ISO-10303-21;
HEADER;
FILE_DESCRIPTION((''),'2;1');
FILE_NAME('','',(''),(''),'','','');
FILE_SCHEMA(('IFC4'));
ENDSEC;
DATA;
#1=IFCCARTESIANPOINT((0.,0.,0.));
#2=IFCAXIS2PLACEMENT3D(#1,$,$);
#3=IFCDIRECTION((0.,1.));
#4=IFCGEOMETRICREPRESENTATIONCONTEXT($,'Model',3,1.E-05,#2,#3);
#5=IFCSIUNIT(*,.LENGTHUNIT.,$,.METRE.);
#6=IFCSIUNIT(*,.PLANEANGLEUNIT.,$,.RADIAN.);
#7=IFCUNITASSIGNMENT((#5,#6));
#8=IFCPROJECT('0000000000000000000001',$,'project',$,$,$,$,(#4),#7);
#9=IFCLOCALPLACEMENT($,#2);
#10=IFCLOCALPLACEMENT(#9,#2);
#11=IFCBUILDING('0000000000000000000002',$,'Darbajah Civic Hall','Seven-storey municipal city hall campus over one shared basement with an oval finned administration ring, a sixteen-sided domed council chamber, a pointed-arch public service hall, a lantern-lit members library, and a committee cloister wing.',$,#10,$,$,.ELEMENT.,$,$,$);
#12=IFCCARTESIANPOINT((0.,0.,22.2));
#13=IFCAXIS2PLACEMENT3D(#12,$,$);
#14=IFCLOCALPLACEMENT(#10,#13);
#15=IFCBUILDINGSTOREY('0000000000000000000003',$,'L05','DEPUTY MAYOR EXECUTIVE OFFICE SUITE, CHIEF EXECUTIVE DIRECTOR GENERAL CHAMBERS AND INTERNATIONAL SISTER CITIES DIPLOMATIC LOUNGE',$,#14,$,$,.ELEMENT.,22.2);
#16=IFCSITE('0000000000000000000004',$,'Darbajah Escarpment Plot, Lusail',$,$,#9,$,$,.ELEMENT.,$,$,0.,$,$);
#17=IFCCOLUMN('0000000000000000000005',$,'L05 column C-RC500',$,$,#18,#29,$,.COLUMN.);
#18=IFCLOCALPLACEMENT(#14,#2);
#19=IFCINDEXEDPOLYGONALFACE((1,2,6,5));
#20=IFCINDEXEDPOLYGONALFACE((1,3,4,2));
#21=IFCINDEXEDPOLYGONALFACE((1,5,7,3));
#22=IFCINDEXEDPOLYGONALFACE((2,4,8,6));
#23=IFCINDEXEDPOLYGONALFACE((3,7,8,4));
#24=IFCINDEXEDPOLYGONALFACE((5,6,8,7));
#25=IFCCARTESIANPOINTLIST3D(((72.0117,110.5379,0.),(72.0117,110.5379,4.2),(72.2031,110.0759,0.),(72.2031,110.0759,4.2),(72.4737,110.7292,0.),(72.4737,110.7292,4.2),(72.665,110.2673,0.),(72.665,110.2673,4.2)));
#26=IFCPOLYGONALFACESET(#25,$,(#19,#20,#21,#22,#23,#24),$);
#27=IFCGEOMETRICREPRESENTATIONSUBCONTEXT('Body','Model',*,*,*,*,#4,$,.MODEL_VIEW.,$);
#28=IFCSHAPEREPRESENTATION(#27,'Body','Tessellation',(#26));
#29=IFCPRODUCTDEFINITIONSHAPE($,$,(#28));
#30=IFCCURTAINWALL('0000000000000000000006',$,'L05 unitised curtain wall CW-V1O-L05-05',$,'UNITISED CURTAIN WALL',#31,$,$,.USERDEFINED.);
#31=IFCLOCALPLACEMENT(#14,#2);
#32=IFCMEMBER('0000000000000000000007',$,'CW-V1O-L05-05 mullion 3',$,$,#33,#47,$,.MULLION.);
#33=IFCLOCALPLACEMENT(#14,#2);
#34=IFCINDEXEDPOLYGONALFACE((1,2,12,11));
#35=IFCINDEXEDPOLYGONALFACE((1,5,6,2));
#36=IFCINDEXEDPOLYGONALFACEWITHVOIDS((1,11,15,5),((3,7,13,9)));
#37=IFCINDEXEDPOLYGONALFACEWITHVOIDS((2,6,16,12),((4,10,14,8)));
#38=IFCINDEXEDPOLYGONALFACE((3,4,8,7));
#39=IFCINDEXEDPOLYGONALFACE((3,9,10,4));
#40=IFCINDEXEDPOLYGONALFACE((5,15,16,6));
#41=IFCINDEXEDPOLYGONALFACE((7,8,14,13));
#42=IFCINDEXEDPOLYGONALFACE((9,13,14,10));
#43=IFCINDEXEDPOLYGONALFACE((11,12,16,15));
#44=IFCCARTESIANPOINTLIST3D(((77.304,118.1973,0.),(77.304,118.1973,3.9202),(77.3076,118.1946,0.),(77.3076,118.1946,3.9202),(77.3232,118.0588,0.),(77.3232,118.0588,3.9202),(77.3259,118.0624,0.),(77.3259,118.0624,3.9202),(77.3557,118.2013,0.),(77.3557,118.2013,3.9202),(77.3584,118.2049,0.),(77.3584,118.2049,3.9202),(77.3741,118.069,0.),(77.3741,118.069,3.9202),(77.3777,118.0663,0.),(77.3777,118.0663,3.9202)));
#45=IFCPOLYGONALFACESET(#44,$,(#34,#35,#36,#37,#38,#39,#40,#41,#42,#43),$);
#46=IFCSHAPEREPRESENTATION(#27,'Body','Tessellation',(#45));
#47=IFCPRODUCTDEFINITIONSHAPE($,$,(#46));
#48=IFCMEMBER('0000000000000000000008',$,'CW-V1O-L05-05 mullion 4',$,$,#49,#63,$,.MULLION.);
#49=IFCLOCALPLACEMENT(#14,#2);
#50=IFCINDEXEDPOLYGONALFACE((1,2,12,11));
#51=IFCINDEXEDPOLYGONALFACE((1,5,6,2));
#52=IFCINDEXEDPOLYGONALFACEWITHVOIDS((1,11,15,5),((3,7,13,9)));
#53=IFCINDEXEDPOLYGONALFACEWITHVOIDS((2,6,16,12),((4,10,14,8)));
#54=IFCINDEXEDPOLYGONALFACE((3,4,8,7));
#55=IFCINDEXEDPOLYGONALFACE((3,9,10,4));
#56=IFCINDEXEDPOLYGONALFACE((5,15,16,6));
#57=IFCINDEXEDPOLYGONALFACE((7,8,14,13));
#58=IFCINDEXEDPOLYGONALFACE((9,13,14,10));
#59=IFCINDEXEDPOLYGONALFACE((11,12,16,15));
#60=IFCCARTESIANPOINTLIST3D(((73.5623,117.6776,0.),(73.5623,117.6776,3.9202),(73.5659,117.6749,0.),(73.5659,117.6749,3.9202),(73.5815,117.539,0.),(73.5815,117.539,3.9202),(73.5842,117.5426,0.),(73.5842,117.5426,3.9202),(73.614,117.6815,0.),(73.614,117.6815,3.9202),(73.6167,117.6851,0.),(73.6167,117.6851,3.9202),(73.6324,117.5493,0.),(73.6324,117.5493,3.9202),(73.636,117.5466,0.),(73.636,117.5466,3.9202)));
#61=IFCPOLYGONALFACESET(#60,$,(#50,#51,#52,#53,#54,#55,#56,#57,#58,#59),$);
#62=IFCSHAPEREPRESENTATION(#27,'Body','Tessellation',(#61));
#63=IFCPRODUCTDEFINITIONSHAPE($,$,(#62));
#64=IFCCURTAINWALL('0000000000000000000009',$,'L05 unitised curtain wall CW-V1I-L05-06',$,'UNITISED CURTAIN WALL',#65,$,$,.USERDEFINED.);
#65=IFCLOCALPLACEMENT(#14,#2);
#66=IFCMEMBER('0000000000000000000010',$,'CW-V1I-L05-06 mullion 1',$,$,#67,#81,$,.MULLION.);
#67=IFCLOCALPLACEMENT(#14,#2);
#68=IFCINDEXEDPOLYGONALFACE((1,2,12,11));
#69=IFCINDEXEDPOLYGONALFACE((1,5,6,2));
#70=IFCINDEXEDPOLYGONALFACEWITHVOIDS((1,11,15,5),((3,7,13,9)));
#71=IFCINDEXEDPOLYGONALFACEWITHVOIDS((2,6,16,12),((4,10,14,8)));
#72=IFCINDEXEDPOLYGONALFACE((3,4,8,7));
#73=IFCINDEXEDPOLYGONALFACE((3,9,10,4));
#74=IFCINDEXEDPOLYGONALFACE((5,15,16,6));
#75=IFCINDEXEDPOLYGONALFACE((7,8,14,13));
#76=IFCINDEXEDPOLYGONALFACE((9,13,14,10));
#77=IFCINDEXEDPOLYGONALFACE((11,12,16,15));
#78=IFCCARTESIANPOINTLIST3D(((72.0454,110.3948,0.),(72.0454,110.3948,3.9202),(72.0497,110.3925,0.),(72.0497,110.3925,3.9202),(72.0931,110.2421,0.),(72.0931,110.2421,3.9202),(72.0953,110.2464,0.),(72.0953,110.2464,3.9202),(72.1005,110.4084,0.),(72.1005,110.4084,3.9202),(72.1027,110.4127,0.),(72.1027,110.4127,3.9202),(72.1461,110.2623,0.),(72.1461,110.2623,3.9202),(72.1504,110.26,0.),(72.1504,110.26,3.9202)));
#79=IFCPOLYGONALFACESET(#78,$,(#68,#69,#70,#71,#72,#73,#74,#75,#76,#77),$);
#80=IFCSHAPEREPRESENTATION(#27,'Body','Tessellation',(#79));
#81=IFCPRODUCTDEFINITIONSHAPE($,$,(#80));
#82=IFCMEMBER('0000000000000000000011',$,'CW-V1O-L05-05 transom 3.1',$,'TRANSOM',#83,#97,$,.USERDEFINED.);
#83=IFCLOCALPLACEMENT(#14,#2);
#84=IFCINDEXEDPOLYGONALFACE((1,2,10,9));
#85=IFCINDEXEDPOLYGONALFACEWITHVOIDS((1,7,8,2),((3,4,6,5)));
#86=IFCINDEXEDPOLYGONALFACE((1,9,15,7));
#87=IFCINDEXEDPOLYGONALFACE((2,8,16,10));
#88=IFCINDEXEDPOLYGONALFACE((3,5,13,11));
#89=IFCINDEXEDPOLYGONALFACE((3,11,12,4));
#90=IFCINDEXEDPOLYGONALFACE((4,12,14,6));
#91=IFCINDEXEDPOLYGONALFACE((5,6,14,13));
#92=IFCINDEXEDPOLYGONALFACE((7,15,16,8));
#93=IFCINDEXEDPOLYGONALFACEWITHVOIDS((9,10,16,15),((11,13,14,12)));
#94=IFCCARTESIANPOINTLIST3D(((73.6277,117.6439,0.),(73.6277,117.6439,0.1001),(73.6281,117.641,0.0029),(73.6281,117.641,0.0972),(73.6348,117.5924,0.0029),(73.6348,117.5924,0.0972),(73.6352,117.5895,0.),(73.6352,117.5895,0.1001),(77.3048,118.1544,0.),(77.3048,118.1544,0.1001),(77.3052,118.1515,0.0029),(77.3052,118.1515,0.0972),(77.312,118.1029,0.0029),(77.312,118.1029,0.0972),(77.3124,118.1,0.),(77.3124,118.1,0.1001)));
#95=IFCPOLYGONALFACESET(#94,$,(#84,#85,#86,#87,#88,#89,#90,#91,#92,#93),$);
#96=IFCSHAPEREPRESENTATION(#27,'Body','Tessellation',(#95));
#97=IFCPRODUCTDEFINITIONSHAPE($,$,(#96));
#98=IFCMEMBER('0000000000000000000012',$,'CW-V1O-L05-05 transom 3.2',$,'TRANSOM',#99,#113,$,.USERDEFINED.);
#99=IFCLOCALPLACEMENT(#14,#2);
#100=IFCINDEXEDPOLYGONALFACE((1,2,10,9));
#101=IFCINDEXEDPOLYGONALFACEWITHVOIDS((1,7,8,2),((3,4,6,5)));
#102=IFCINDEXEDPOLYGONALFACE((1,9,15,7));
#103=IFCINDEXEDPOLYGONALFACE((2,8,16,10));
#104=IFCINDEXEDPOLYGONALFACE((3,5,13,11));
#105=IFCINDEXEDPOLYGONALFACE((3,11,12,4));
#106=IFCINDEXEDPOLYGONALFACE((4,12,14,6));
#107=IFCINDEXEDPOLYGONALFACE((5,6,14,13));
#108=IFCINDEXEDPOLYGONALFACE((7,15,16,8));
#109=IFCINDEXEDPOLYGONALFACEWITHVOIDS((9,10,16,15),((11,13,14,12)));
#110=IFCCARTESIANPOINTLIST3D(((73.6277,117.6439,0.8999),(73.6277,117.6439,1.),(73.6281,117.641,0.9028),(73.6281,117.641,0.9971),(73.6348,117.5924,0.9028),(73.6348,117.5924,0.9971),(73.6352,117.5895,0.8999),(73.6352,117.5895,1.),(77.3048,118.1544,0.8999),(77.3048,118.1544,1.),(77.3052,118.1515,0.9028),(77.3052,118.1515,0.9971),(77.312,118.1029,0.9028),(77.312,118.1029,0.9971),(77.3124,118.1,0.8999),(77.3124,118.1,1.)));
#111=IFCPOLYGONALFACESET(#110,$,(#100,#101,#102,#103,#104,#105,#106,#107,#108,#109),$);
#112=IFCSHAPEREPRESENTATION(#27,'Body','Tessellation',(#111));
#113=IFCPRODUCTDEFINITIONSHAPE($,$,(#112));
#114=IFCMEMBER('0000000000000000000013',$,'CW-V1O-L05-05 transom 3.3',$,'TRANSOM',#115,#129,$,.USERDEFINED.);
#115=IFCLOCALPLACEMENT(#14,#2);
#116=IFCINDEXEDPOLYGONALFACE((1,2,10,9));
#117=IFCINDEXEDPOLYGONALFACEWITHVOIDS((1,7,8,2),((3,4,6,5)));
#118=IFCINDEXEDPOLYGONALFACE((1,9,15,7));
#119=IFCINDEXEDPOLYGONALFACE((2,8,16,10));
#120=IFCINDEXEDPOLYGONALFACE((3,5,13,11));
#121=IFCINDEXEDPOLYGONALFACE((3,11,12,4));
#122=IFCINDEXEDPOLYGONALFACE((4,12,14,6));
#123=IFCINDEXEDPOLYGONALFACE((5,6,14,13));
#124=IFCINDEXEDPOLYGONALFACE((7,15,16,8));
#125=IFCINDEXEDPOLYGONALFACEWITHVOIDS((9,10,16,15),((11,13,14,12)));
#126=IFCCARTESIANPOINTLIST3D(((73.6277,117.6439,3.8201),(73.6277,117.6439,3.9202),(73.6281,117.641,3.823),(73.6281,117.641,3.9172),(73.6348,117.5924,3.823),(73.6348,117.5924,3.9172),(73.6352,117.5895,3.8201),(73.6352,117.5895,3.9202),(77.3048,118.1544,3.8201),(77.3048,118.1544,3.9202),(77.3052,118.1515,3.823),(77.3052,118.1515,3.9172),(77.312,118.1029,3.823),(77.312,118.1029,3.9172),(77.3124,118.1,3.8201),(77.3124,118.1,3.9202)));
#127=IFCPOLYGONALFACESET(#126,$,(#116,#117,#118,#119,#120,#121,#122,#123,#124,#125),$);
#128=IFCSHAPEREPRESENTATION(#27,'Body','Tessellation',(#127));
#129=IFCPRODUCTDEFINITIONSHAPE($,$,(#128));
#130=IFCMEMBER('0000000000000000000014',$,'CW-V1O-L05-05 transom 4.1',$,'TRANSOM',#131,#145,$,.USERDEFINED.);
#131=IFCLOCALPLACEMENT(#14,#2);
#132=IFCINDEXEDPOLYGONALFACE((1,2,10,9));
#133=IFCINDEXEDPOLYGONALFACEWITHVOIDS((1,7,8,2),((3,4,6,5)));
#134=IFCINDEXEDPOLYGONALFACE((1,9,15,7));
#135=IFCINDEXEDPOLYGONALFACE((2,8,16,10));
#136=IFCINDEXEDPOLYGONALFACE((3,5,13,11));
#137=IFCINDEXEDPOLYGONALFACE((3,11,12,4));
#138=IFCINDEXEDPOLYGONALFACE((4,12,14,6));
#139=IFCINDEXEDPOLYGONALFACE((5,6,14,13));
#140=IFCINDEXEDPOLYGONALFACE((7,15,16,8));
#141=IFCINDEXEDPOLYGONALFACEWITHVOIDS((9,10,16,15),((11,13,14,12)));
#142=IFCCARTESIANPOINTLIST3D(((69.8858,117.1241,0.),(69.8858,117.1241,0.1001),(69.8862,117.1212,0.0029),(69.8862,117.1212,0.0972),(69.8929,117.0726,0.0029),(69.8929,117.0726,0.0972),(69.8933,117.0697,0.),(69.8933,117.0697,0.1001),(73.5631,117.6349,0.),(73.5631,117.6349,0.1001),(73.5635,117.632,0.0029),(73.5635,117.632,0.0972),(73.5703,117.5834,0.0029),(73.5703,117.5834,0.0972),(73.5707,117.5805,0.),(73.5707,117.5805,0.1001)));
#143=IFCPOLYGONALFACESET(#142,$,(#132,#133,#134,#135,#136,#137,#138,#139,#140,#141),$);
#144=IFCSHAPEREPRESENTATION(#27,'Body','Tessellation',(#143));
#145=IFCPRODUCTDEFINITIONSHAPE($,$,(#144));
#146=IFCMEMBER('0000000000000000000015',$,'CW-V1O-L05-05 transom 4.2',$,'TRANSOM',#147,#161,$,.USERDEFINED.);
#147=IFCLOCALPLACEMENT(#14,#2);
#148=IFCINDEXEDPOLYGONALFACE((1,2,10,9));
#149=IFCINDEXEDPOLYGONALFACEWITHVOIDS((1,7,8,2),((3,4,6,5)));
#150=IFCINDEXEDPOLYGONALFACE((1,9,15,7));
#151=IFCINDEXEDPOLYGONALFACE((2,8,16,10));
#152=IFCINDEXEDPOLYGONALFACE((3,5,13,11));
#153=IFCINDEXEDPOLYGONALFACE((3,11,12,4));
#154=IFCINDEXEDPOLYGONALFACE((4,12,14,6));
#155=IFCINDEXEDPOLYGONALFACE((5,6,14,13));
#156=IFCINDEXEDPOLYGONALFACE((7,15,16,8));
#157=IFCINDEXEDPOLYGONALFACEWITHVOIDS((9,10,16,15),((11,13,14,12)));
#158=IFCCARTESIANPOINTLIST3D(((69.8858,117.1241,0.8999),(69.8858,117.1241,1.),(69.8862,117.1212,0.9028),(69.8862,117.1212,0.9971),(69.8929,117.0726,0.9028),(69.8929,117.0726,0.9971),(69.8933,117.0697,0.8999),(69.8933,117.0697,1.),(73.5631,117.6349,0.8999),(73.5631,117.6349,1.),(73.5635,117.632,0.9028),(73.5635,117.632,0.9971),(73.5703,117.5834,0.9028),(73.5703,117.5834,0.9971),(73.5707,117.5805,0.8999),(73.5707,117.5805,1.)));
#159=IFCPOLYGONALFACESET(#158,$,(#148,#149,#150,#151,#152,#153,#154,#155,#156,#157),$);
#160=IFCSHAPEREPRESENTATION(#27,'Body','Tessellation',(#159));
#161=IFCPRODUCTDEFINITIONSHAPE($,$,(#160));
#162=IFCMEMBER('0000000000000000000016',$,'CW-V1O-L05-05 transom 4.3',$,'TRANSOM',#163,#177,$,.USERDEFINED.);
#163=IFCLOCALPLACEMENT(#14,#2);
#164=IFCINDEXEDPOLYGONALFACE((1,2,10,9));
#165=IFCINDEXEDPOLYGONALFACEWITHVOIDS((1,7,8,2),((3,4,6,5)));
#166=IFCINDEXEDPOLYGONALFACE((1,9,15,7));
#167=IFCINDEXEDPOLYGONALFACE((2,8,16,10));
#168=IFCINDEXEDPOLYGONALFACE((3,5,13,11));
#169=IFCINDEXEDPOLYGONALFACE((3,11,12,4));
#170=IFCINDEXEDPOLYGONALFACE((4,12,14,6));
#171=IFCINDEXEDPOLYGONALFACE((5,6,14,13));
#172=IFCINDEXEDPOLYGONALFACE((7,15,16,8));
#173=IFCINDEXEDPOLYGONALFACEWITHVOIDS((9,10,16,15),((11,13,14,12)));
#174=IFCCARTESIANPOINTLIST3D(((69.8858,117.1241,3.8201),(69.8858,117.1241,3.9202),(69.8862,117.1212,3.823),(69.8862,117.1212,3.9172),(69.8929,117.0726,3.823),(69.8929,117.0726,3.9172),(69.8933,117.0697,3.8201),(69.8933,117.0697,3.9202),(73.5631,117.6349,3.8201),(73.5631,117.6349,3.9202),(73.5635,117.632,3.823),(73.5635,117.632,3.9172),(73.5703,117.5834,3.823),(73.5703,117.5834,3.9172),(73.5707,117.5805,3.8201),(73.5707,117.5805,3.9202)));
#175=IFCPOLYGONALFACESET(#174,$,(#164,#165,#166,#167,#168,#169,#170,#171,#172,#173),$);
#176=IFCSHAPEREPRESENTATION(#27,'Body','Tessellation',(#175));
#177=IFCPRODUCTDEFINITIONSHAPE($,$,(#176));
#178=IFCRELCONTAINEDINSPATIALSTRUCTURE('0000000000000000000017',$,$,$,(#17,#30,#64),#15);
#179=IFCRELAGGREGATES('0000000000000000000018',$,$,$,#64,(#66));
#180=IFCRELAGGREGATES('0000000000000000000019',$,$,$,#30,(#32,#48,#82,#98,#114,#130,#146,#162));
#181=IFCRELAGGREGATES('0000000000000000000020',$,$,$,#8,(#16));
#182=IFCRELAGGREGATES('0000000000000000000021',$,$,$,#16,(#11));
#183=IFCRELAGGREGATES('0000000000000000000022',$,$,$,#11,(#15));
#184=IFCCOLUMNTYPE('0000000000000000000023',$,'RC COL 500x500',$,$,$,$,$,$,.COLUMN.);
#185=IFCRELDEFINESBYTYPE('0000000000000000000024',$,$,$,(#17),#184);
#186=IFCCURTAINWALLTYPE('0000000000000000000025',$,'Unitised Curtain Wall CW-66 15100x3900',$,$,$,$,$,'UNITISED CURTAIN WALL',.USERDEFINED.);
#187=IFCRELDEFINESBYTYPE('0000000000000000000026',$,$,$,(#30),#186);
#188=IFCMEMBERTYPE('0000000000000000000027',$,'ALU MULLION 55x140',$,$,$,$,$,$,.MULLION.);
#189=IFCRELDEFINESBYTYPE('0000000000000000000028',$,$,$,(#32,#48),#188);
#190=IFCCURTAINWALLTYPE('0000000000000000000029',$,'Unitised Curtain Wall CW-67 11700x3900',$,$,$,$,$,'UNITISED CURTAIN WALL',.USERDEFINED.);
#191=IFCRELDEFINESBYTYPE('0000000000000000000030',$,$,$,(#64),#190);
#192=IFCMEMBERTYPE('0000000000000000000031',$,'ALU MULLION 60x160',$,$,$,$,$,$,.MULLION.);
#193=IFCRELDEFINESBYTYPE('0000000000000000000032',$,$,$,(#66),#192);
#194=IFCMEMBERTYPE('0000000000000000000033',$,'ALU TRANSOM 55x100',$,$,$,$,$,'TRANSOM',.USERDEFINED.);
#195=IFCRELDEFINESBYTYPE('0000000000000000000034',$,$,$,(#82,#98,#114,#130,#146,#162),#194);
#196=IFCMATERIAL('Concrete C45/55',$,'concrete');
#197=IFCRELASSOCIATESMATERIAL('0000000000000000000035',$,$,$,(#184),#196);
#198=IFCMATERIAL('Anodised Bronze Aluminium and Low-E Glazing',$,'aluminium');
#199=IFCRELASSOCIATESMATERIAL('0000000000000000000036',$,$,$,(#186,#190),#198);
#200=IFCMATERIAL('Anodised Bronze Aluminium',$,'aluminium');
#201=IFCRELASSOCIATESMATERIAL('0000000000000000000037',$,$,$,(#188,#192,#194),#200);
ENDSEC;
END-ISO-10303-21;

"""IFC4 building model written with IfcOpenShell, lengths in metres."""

from ifc_helpers import new_model, si_unit, direction, frame, origin, origin_2d, place, context, subcontext, project, spatial, rectangle, hollow_rectangle, extrude, material, material_profile, profile_set, type_object, element, aggregate, save


model = new_model("IFC4")

# Units and contexts
model_context = context("Model", 3, precision=1e-05, world=origin(), true_north=direction((0.0, 1.0)))
body_context = subcontext(model_context, "Body", "Model", "MODEL_VIEW")
ifc_project = project(units=[si_unit("LENGTHUNIT", "METRE"), si_unit("PLANEANGLEUNIT", "RADIAN")], contexts=[model_context])

# Site, building, storey
site_placement = place(None, origin())
site = spatial("IfcSite", under=ifc_project, at=site_placement, Name="Darbajah Escarpment Plot, Lusail", CompositionType="ELEMENT", RefElevation=0.0)
building_placement = place(site_placement, origin())
building = spatial("IfcBuilding", under=site, at=building_placement, Name="Darbajah Civic Hall", Description="Seven-storey municipal city hall campus over one shared basement with an oval finned administration ring, a sixteen-sided domed council chamber, a pointed-arch public service hall, a lantern-lit members library, and a committee cloister wing.", CompositionType="ELEMENT")
storey_placement = place(building_placement, frame((0.0, 0.0, 22.2)))
storey = spatial("IfcBuildingStorey", under=building, at=storey_placement, Name="L05", Description="DEPUTY MAYOR EXECUTIVE OFFICE SUITE, CHIEF EXECUTIVE DIRECTOR GENERAL CHAMBERS AND INTERNATIONAL SISTER CITIES DIPLOMATIC LOUNGE", CompositionType="ELEMENT", Elevation=22.2)

# Column
ifc_material_1 = material(Name="Concrete C45/55", Category="concrete")
ifc_material_profile_1 = material_profile(ifc_material_1, rectangle(XDim=0.5, YDim=0.5, at=origin_2d()), Name="RC COL 500x500")
ifc_profile_set_1 = profile_set([ifc_material_profile_1], Name="Concrete C45/55")
column_type = type_object("IfcColumnType", Name="RC COL 500x500", PredefinedType="COLUMN", material=ifc_profile_set_1)
column_placement = place(storey_placement, frame((72.3384, 110.4026, 0.0), z_axis=(0.0, 0.0, 1.0), x_axis=(-0.382683, 0.92388, 0.0)))
element("IfcColumn", 1, at=column_placement, inside=storey, type_object=column_type, Name="L05 column C-RC500", PredefinedType="COLUMN", context=body_context, shape_type="SweptSolid", body=[
    extrude(rectangle(XDim=0.5, YDim=0.5, at=origin_2d()), origin(), (0.0, 0.0, 1.0), 4.2),
])

# Curtain wall, members
ifc_material_2 = material(Name="Anodised Bronze Aluminium and Low-E Glazing", Category="aluminium")
curtain_wall_type_1 = type_object("IfcCurtainWallType", Name="Unitised Curtain Wall CW-66 15100x3900", ElementType="UNITISED CURTAIN WALL", PredefinedType="USERDEFINED", material=ifc_material_2)
curtain_wall_1_placement = place(storey_placement, origin())
curtain_wall_1 = element("IfcCurtainWall", 2, at=curtain_wall_1_placement, inside=storey, type_object=curtain_wall_type_1, Name="L05 unitised curtain wall CW-V1O-L05-05", ObjectType="UNITISED CURTAIN WALL", PredefinedType="USERDEFINED")
ifc_material_3 = material(Name="Anodised Bronze Aluminium", Category="aluminium")
ifc_material_profile_2 = material_profile(ifc_material_3, hollow_rectangle(XDim=0.0549, YDim=0.1399, WallThickness=0.0032, at=origin_2d()), Name="ALU MULLION 55x140")
ifc_profile_set_2 = profile_set([ifc_material_profile_2], Name="Anodised Bronze Aluminium")
member_type_1 = type_object("IfcMemberType", Name="ALU MULLION 55x140", PredefinedType="MULLION", material=ifc_profile_set_2)
member_1_placement = place(storey_placement, frame((77.3408, 118.1318, 0.0), z_axis=(0.0, 0.0, 1.0), x_axis=(-0.990485, -0.137617, 0.0)))
member_1 = element("IfcMember", 3, at=member_1_placement, type_object=member_type_1, Name="CW-V1O-L05-05 mullion 3", PredefinedType="MULLION", context=body_context, shape_type="SweptSolid", body=[
    extrude(hollow_rectangle(XDim=0.0549, YDim=0.1399, WallThickness=0.0032, at=origin_2d()), origin(), (0.0, 0.0, 1.0), 3.9202),
])
member_2_placement = place(storey_placement, frame((73.5991, 117.6121, 0.0), z_axis=(0.0, 0.0, 1.0), x_axis=(-0.990485, -0.137617, 0.0)))
member_2 = element("IfcMember", 4, at=member_2_placement, type_object=member_type_1, Name="CW-V1O-L05-05 mullion 4", PredefinedType="MULLION", context=body_context, shape_type="SweptSolid", body=[
    extrude(hollow_rectangle(XDim=0.0549, YDim=0.1399, WallThickness=0.0032, at=origin_2d()), origin(), (0.0, 0.0, 1.0), 3.9202),
])

# Curtain wall, member
curtain_wall_type_2 = type_object("IfcCurtainWallType", Name="Unitised Curtain Wall CW-67 11700x3900", ElementType="UNITISED CURTAIN WALL", PredefinedType="USERDEFINED", material=ifc_material_2)
curtain_wall_2_placement = place(storey_placement, origin())
curtain_wall_2 = element("IfcCurtainWall", 5, at=curtain_wall_2_placement, inside=storey, type_object=curtain_wall_type_2, Name="L05 unitised curtain wall CW-V1I-L05-06", ObjectType="UNITISED CURTAIN WALL", PredefinedType="USERDEFINED")
ifc_material_profile_3 = material_profile(ifc_material_3, hollow_rectangle(XDim=0.0601, YDim=0.1599, WallThickness=0.0034, at=origin_2d()), Name="ALU MULLION 60x160")
ifc_profile_set_3 = profile_set([ifc_material_profile_3], Name="Anodised Bronze Aluminium")
member_type_2 = type_object("IfcMemberType", Name="ALU MULLION 60x160", PredefinedType="MULLION", material=ifc_profile_set_3)
member_3_placement = place(storey_placement, frame((72.0979, 110.3274, 0.0), z_axis=(0.0, 0.0, 1.0), x_axis=(-0.954605, -0.297875, 0.0)))
member_3 = element("IfcMember", 6, at=member_3_placement, type_object=member_type_2, Name="CW-V1I-L05-06 mullion 1", PredefinedType="MULLION", context=body_context, shape_type="SweptSolid", body=[
    extrude(hollow_rectangle(XDim=0.0601, YDim=0.1599, WallThickness=0.0034, at=origin_2d()), origin(), (0.0, 0.0, 1.0), 3.9202),
])

# Members
ifc_material_profile_4 = material_profile(ifc_material_3, hollow_rectangle(XDim=0.0549, YDim=0.1001, WallThickness=0.0029, at=origin_2d()), Name="ALU TRANSOM 55x100")
ifc_profile_set_4 = profile_set([ifc_material_profile_4], Name="Anodised Bronze Aluminium")
member_type_3 = type_object("IfcMemberType", Name="ALU TRANSOM 55x100", ElementType="TRANSOM", PredefinedType="USERDEFINED", material=ifc_profile_set_4)
member_4_placement = place(storey_placement, frame((77.3086, 118.1272, 0.05), z_axis=(-0.990501, -0.137507, 0.0), x_axis=(0.137507, -0.990501, 0.0)))
member_4 = element("IfcMember", 7, at=member_4_placement, type_object=member_type_3, Name="CW-V1O-L05-05 transom 3.1", ObjectType="TRANSOM", PredefinedType="USERDEFINED", context=body_context, shape_type="SweptSolid", body=[
    extrude(hollow_rectangle(XDim=0.0549, YDim=0.1001, WallThickness=0.0029, at=origin_2d()), origin(), (0.0, 0.0, 1.0), 3.7124),
])
member_5_placement = place(storey_placement, frame((77.3086, 118.1272, 0.95), z_axis=(-0.990501, -0.137507, 0.0), x_axis=(0.137507, -0.990501, 0.0)))
member_5 = element("IfcMember", 8, at=member_5_placement, type_object=member_type_3, Name="CW-V1O-L05-05 transom 3.2", ObjectType="TRANSOM", PredefinedType="USERDEFINED", context=body_context, shape_type="SweptSolid", body=[
    extrude(hollow_rectangle(XDim=0.0549, YDim=0.1001, WallThickness=0.0029, at=origin_2d()), origin(), (0.0, 0.0, 1.0), 3.7124),
])
member_6_placement = place(storey_placement, frame((77.3086, 118.1272, 3.8701), z_axis=(-0.990501, -0.137507, 0.0), x_axis=(0.137507, -0.990501, 0.0)))
member_6 = element("IfcMember", 9, at=member_6_placement, type_object=member_type_3, Name="CW-V1O-L05-05 transom 3.3", ObjectType="TRANSOM", PredefinedType="USERDEFINED", context=body_context, shape_type="SweptSolid", body=[
    extrude(hollow_rectangle(XDim=0.0549, YDim=0.1001, WallThickness=0.0029, at=origin_2d()), origin(), (0.0, 0.0, 1.0), 3.7124),
])
member_7_placement = place(storey_placement, frame((73.5669, 117.6077, 0.05), z_axis=(-0.990492, -0.137572, 0.0), x_axis=(0.137572, -0.990492, 0.0)))
member_7 = element("IfcMember", 10, at=member_7_placement, type_object=member_type_3, Name="CW-V1O-L05-05 transom 4.1", ObjectType="TRANSOM", PredefinedType="USERDEFINED", context=body_context, shape_type="SweptSolid", body=[
    extrude(hollow_rectangle(XDim=0.0549, YDim=0.1001, WallThickness=0.0029, at=origin_2d()), origin(), (0.0, 0.0, 1.0), 3.7126),
])
member_8_placement = place(storey_placement, frame((73.5669, 117.6077, 0.95), z_axis=(-0.990492, -0.137572, 0.0), x_axis=(0.137572, -0.990492, 0.0)))
member_8 = element("IfcMember", 11, at=member_8_placement, type_object=member_type_3, Name="CW-V1O-L05-05 transom 4.2", ObjectType="TRANSOM", PredefinedType="USERDEFINED", context=body_context, shape_type="SweptSolid", body=[
    extrude(hollow_rectangle(XDim=0.0549, YDim=0.1001, WallThickness=0.0029, at=origin_2d()), origin(), (0.0, 0.0, 1.0), 3.7126),
])
member_9_placement = place(storey_placement, frame((73.5669, 117.6077, 3.8701), z_axis=(-0.990492, -0.137572, 0.0), x_axis=(0.137572, -0.990492, 0.0)))
member_9 = element("IfcMember", 12, at=member_9_placement, type_object=member_type_3, Name="CW-V1O-L05-05 transom 4.3", ObjectType="TRANSOM", PredefinedType="USERDEFINED", context=body_context, shape_type="SweptSolid", body=[
    extrude(hollow_rectangle(XDim=0.0549, YDim=0.1001, WallThickness=0.0029, at=origin_2d()), origin(), (0.0, 0.0, 1.0), 3.7126),
])
aggregate(curtain_wall_2, [member_3])

aggregate(curtain_wall_1, [member_1, member_2, member_4, member_5, member_6, member_7, member_8, member_9])

save(model, "model.ifc")
